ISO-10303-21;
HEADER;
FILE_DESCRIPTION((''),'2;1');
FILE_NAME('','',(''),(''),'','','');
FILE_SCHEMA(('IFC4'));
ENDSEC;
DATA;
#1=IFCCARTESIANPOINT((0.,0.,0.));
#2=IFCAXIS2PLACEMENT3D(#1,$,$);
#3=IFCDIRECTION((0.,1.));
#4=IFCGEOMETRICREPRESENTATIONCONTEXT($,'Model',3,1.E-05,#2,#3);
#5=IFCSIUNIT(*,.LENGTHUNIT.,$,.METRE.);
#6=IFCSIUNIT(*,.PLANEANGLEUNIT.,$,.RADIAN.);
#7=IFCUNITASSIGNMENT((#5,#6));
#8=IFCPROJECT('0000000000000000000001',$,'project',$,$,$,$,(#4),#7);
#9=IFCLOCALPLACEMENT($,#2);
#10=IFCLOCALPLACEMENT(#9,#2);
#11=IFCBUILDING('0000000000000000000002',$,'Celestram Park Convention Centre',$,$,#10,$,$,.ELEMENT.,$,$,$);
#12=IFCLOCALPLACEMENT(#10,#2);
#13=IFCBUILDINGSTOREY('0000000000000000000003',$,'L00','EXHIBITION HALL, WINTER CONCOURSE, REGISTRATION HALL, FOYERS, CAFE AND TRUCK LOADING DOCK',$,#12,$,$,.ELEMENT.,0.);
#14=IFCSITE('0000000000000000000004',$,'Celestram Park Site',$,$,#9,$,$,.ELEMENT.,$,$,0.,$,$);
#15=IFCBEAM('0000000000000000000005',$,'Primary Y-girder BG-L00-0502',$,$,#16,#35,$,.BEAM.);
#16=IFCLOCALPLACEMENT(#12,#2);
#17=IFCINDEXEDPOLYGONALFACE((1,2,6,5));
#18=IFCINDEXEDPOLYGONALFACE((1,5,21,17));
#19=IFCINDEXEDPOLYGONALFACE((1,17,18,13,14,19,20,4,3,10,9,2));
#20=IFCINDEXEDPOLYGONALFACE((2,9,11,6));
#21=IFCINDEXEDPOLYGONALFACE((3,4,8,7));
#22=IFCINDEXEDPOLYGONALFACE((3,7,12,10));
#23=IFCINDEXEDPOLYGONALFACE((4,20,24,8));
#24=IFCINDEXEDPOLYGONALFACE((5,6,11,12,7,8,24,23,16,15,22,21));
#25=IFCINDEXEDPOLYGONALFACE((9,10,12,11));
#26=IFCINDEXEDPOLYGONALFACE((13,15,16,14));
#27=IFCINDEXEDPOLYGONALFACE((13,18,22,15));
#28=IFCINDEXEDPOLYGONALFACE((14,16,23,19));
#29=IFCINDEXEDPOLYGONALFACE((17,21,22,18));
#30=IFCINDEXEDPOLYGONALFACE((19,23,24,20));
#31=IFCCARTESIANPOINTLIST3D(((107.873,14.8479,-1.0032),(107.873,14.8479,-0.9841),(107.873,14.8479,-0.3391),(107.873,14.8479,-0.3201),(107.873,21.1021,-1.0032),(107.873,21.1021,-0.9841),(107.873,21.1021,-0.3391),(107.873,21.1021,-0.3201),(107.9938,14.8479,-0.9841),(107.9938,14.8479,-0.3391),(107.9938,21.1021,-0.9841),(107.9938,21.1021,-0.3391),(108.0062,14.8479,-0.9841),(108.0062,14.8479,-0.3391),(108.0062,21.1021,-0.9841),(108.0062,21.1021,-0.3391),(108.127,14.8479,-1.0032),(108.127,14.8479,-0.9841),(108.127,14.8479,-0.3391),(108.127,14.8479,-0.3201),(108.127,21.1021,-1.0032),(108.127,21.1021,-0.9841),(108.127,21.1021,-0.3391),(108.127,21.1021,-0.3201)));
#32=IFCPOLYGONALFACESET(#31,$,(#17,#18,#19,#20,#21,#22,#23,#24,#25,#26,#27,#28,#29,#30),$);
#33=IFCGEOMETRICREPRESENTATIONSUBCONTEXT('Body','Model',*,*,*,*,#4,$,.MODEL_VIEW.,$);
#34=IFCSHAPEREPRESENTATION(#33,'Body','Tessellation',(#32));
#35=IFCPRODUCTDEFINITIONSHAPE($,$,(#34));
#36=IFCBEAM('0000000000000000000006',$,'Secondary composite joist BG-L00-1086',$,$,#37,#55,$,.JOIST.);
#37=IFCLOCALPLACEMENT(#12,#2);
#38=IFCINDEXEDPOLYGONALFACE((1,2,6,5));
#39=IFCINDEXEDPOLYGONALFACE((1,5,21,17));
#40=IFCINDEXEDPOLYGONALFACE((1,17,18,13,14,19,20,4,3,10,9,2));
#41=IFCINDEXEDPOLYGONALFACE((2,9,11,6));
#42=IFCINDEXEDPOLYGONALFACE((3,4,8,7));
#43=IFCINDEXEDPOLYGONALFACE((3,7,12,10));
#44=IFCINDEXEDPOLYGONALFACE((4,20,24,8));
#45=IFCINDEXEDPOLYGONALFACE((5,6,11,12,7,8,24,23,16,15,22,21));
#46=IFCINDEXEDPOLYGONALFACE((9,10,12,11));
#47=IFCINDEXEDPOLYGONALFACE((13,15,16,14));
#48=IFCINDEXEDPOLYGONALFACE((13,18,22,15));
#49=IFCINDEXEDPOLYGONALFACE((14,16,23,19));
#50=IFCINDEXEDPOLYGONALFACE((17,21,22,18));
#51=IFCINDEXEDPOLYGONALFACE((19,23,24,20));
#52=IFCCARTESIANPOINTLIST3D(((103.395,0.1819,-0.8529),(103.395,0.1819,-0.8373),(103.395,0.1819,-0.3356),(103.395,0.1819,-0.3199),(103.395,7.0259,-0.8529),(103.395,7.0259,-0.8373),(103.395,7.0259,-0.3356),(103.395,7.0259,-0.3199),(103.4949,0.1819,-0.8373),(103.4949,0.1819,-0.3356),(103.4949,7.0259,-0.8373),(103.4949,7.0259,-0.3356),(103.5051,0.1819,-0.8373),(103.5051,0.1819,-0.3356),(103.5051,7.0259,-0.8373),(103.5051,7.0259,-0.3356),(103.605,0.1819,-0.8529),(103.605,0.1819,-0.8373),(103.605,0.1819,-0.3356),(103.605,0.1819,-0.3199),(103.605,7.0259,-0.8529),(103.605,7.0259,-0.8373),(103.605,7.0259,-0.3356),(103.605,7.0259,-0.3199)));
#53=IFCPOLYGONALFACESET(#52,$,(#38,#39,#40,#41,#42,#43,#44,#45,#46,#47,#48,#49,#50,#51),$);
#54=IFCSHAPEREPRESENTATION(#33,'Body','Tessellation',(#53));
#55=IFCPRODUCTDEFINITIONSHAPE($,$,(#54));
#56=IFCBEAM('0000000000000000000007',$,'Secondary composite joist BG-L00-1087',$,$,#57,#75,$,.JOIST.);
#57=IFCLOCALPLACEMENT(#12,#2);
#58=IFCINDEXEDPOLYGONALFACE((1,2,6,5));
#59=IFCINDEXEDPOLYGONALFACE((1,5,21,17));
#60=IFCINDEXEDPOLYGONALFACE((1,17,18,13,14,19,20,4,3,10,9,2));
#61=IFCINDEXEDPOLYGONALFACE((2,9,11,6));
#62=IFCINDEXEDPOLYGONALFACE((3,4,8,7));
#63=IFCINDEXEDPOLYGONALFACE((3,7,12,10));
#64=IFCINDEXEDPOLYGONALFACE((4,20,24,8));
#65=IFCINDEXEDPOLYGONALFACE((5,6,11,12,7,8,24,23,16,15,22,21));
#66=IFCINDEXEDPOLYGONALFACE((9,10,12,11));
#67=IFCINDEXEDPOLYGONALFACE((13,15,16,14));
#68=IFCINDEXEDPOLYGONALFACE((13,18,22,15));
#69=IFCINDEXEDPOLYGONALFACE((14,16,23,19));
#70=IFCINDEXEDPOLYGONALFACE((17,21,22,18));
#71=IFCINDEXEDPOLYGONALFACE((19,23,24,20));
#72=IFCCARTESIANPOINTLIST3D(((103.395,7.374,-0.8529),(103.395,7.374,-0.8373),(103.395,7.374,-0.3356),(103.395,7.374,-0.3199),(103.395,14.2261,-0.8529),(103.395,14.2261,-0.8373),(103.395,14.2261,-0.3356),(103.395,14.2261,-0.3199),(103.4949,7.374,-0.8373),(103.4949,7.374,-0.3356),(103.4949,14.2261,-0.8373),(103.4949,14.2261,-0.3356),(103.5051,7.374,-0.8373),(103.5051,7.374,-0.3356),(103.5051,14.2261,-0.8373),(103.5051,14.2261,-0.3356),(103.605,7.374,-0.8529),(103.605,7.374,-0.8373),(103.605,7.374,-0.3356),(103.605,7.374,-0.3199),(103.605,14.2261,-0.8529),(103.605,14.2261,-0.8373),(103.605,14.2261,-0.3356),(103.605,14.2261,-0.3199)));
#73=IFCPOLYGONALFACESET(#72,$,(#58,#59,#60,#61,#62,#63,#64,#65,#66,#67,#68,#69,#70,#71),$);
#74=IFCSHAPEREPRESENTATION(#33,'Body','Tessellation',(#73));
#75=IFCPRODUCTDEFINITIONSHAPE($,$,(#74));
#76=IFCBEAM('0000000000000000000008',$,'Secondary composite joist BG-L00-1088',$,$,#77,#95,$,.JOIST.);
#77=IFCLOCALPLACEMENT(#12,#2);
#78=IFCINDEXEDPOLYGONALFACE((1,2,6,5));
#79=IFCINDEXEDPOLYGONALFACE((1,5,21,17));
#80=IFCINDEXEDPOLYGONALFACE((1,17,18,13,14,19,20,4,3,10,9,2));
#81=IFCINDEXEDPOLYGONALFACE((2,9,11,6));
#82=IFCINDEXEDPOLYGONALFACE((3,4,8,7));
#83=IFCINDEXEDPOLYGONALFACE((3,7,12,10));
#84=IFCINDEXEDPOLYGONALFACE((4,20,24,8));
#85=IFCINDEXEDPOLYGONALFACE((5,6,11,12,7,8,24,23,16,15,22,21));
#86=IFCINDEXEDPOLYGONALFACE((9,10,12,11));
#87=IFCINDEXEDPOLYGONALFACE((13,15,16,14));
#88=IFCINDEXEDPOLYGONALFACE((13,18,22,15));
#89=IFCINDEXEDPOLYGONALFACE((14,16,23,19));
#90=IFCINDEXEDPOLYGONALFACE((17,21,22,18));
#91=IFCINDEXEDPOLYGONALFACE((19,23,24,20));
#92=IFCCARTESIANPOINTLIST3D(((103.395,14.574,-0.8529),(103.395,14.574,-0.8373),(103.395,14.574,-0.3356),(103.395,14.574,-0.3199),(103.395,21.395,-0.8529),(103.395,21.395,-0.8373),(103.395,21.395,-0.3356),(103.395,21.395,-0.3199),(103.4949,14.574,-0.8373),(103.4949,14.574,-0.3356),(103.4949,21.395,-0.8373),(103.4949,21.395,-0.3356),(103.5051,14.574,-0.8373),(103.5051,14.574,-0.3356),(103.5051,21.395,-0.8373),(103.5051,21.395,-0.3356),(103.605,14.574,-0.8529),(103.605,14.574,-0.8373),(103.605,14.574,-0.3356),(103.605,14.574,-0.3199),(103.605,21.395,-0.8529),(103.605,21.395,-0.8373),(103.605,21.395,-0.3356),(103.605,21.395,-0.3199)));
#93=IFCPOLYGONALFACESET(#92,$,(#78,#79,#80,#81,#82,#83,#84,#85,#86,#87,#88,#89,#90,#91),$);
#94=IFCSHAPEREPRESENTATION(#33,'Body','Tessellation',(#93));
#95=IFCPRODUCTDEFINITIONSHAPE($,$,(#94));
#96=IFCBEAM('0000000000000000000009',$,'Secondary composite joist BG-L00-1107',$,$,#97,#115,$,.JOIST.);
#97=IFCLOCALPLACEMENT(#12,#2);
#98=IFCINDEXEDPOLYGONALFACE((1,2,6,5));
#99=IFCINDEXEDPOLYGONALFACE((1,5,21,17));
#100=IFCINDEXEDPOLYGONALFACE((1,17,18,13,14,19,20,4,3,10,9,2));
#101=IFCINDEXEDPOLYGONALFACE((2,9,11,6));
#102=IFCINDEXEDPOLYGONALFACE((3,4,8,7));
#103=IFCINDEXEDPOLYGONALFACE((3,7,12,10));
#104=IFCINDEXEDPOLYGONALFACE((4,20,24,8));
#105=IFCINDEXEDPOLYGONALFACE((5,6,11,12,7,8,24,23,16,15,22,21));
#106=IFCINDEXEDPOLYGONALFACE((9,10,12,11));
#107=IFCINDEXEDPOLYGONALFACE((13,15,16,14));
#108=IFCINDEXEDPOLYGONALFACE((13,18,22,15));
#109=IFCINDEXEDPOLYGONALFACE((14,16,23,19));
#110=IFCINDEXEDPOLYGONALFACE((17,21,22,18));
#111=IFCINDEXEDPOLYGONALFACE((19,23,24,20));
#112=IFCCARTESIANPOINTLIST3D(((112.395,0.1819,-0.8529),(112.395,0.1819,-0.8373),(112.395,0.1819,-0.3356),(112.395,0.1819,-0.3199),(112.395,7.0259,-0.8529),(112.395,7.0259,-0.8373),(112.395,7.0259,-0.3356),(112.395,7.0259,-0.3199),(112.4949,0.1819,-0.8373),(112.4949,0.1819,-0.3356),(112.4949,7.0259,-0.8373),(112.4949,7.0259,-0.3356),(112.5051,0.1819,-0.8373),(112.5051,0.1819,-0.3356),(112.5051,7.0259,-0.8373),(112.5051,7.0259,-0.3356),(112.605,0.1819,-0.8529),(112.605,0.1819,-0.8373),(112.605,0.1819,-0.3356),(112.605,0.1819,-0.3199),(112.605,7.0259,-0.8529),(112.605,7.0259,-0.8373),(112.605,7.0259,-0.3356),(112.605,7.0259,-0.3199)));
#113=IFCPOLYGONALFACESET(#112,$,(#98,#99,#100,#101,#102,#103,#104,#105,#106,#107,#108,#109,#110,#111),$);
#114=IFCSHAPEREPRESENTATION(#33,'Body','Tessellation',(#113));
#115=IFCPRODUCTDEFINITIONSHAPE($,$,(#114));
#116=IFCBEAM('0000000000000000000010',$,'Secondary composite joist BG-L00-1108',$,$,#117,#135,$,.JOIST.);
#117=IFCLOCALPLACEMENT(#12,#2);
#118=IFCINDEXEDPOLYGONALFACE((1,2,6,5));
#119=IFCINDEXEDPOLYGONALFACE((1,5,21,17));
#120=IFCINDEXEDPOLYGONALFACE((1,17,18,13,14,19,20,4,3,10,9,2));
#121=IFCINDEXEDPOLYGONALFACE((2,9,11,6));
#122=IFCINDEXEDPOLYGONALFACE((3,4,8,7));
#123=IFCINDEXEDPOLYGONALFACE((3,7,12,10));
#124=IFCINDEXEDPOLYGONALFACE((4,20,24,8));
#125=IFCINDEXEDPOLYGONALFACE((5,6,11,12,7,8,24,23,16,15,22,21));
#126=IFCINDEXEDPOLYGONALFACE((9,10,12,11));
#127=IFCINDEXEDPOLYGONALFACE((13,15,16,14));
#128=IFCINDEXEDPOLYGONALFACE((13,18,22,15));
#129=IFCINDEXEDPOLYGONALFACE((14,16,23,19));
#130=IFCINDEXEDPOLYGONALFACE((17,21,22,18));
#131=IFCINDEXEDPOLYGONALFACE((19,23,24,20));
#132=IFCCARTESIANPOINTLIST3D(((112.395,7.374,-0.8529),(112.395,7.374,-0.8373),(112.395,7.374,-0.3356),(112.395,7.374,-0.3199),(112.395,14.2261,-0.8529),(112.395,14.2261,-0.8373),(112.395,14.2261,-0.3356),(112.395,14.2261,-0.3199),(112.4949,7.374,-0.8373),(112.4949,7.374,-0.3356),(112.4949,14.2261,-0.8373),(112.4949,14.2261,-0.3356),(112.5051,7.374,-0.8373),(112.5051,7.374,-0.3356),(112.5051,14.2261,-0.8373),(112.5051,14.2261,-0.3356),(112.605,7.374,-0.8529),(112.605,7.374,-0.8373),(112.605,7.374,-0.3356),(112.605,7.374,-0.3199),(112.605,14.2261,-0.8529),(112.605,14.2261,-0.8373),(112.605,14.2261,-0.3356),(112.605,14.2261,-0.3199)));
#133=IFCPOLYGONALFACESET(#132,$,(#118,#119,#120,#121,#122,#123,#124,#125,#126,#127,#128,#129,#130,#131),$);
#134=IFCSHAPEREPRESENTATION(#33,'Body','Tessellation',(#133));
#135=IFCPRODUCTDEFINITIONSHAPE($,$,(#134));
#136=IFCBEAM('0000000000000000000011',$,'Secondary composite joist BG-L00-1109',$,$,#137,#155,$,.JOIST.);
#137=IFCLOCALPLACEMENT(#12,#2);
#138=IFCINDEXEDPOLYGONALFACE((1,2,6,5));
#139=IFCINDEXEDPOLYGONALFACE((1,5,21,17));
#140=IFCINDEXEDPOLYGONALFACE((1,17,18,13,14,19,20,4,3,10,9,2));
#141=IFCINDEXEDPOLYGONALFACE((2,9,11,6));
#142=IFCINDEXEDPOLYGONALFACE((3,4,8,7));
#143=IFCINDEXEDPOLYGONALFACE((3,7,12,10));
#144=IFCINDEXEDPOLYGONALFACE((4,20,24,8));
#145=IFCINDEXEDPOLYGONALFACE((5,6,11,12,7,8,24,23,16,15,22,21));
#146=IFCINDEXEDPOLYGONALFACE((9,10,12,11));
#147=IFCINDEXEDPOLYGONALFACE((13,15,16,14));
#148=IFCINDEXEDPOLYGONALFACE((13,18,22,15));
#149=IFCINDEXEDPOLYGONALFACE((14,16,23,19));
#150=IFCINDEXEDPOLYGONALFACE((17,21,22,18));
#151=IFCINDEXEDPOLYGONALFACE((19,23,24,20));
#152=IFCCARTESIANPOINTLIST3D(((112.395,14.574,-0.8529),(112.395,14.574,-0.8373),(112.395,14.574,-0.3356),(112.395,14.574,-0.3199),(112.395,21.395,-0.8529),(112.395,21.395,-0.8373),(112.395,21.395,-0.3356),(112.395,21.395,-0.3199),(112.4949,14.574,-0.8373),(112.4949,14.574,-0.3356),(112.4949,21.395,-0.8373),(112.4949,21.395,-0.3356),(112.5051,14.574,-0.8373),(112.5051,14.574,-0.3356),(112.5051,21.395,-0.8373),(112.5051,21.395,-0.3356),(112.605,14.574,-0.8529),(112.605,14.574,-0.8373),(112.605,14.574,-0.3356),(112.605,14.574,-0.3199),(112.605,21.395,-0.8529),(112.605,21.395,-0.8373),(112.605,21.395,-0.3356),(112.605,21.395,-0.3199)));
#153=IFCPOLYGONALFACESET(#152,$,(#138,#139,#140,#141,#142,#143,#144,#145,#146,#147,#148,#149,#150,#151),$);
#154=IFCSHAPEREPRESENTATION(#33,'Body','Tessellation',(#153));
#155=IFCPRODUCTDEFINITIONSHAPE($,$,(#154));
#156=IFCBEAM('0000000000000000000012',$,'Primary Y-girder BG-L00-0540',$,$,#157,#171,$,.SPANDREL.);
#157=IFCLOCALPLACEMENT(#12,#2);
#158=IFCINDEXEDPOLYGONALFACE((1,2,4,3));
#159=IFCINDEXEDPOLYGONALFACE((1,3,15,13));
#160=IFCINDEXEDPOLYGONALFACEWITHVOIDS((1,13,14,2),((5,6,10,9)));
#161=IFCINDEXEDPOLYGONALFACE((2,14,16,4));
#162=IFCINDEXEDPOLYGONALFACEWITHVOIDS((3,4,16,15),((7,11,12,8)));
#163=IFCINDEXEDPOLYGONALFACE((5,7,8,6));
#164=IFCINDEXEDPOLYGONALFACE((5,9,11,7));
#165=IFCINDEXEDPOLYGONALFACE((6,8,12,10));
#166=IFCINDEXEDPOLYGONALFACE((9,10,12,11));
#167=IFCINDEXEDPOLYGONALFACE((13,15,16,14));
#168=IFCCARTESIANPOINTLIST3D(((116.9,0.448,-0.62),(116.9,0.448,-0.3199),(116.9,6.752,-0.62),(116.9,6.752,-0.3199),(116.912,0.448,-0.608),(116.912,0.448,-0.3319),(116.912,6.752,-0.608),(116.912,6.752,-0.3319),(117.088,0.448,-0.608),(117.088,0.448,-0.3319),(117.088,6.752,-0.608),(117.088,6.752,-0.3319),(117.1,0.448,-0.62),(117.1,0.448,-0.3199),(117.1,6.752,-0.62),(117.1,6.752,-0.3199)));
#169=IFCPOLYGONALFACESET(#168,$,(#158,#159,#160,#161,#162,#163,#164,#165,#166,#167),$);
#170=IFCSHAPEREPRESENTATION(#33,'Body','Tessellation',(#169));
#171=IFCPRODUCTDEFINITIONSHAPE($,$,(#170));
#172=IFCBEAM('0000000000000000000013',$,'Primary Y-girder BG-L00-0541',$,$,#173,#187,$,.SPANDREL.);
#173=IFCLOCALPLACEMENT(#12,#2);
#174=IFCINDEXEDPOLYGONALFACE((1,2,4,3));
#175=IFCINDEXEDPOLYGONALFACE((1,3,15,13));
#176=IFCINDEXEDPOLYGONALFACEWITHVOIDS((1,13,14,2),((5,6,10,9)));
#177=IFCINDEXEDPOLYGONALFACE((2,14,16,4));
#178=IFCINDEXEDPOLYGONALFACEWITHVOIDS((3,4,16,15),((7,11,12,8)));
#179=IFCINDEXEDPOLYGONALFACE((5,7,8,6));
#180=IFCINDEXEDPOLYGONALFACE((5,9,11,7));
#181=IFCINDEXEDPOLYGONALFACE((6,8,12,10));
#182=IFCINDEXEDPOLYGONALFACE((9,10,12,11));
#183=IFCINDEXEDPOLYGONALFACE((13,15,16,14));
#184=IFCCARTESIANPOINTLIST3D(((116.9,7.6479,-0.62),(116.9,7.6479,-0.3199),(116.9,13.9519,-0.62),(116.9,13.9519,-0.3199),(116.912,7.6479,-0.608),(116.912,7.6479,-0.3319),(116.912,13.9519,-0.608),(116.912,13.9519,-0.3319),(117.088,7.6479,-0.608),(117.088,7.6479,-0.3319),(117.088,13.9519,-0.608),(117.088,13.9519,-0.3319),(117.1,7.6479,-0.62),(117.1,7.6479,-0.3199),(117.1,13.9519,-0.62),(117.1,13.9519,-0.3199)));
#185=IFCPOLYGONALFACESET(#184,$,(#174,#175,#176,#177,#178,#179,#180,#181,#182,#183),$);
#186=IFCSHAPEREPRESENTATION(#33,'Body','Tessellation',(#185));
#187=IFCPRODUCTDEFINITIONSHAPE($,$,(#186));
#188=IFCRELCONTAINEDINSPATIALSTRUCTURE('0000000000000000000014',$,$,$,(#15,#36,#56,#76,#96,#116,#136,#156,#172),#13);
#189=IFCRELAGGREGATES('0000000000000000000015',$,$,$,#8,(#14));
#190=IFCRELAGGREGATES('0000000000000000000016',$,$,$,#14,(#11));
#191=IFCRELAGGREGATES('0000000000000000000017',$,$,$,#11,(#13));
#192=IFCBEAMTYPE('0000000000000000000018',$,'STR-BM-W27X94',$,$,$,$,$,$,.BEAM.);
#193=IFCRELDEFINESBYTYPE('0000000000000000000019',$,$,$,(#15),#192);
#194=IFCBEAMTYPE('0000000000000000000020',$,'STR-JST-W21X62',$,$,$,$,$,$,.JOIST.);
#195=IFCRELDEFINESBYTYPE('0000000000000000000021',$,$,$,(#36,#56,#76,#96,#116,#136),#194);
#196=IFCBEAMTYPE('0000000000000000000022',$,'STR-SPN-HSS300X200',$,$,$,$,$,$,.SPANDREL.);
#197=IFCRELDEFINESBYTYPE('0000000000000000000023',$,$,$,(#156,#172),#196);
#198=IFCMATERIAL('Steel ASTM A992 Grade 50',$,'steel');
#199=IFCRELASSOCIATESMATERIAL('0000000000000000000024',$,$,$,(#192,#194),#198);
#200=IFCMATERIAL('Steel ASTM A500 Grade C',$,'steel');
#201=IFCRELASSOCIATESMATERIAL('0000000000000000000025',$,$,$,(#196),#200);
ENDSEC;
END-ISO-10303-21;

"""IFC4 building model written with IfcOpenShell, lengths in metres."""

from ifc_helpers import new_model, si_unit, direction, frame, origin, origin_2d, place, context, subcontext, project, spatial, hollow_rectangle, i_section, extrude, material, material_profile, profile_set, type_object, element, save


model = new_model("IFC4")

# Units and contexts
model_context = context("Model", 3, precision=1e-05, world=origin(), true_north=direction((0.0, 1.0)))
body_context = subcontext(model_context, "Body", "Model", "MODEL_VIEW")
ifc_project = project(units=[si_unit("LENGTHUNIT", "METRE"), si_unit("PLANEANGLEUNIT", "RADIAN")], contexts=[model_context])

# Site, building, storey
site_placement = place(None, origin())
site = spatial("IfcSite", under=ifc_project, at=site_placement, Name="Celestram Park Site", CompositionType="ELEMENT", RefElevation=0.0)
building_placement = place(site_placement, origin())
building = spatial("IfcBuilding", under=site, at=building_placement, Name="Celestram Park Convention Centre", CompositionType="ELEMENT")
storey_placement = place(building_placement, origin())
storey = spatial("IfcBuildingStorey", under=building, at=storey_placement, Name="L00", Description="EXHIBITION HALL, WINTER CONCOURSE, REGISTRATION HALL, FOYERS, CAFE AND TRUCK LOADING DOCK", CompositionType="ELEMENT", Elevation=0.0)

# Beams
ifc_material_1 = material(Name="Steel ASTM A992 Grade 50", Category="steel")
ifc_material_profile_1 = material_profile(ifc_material_1, i_section(OverallWidth=0.2539, OverallDepth=0.6831, WebThickness=0.0125, FlangeThickness=0.019, at=origin_2d()), Name="W27X94")
ifc_profile_set_1 = profile_set([ifc_material_profile_1], Name="Steel ASTM A992 Grade 50")
beam_type_1 = type_object("IfcBeamType", Name="STR-BM-W27X94", PredefinedType="BEAM", material=ifc_profile_set_1)
beam_1_placement = place(storey_placement, frame((108.0, 14.8479, -0.6616), z_axis=(0.0, 1.0, 0.0), x_axis=(-1.0, 0.0, 0.0)))
element("IfcBeam", 1, at=beam_1_placement, inside=storey, type_object=beam_type_1, Name="Primary Y-girder BG-L00-0502", PredefinedType="BEAM", context=body_context, shape_type="SweptSolid", body=[
    extrude(i_section(OverallWidth=0.2539, OverallDepth=0.6831, WebThickness=0.0125, FlangeThickness=0.019, at=origin_2d()), origin(), (0.0, 0.0, 1.0), 6.2542),
])
ifc_material_profile_2 = material_profile(ifc_material_1, i_section(OverallWidth=0.21, OverallDepth=0.533, WebThickness=0.0103, FlangeThickness=0.0156, at=origin_2d()), Name="W21X62")
ifc_profile_set_2 = profile_set([ifc_material_profile_2], Name="Steel ASTM A992 Grade 50")
beam_type_2 = type_object("IfcBeamType", Name="STR-JST-W21X62", PredefinedType="JOIST", material=ifc_profile_set_2)
beam_2_placement = place(storey_placement, frame((103.5, 0.1819, -0.5864), z_axis=(0.0, 1.0, 0.0), x_axis=(-1.0, 0.0, 0.0)))
element("IfcBeam", 2, at=beam_2_placement, inside=storey, type_object=beam_type_2, Name="Secondary composite joist BG-L00-1086", PredefinedType="JOIST", context=body_context, shape_type="SweptSolid", body=[
    extrude(i_section(OverallWidth=0.21, OverallDepth=0.533, WebThickness=0.0103, FlangeThickness=0.0156, at=origin_2d()), origin(), (0.0, 0.0, 1.0), 6.844),
])
beam_3_placement = place(storey_placement, frame((103.5, 7.374, -0.5864), z_axis=(0.0, 1.0, 0.0), x_axis=(-1.0, 0.0, 0.0)))
element("IfcBeam", 3, at=beam_3_placement, inside=storey, type_object=beam_type_2, Name="Secondary composite joist BG-L00-1087", PredefinedType="JOIST", context=body_context, shape_type="SweptSolid", body=[
    extrude(i_section(OverallWidth=0.21, OverallDepth=0.533, WebThickness=0.0103, FlangeThickness=0.0156, at=origin_2d()), origin(), (0.0, 0.0, 1.0), 6.8521),
])
beam_4_placement = place(storey_placement, frame((103.5, 14.574, -0.5864), z_axis=(0.0, 1.0, 0.0), x_axis=(-1.0, 0.0, 0.0)))
element("IfcBeam", 4, at=beam_4_placement, inside=storey, type_object=beam_type_2, Name="Secondary composite joist BG-L00-1088", PredefinedType="JOIST", context=body_context, shape_type="SweptSolid", body=[
    extrude(i_section(OverallWidth=0.21, OverallDepth=0.533, WebThickness=0.0103, FlangeThickness=0.0156, at=origin_2d()), origin(), (0.0, 0.0, 1.0), 6.821),
])
beam_5_placement = place(storey_placement, frame((112.5, 0.1819, -0.5864), z_axis=(0.0, 1.0, 0.0), x_axis=(-1.0, 0.0, 0.0)))
element("IfcBeam", 5, at=beam_5_placement, inside=storey, type_object=beam_type_2, Name="Secondary composite joist BG-L00-1107", PredefinedType="JOIST", context=body_context, shape_type="SweptSolid", body=[
    extrude(i_section(OverallWidth=0.21, OverallDepth=0.533, WebThickness=0.0103, FlangeThickness=0.0156, at=origin_2d()), origin(), (0.0, 0.0, 1.0), 6.844),
])
beam_6_placement = place(storey_placement, frame((112.5, 7.374, -0.5864), z_axis=(0.0, 1.0, 0.0), x_axis=(-1.0, 0.0, 0.0)))
element("IfcBeam", 6, at=beam_6_placement, inside=storey, type_object=beam_type_2, Name="Secondary composite joist BG-L00-1108", PredefinedType="JOIST", context=body_context, shape_type="SweptSolid", body=[
    extrude(i_section(OverallWidth=0.21, OverallDepth=0.533, WebThickness=0.0103, FlangeThickness=0.0156, at=origin_2d()), origin(), (0.0, 0.0, 1.0), 6.8521),
])
beam_7_placement = place(storey_placement, frame((112.5, 14.574, -0.5864), z_axis=(0.0, 1.0, 0.0), x_axis=(-1.0, 0.0, 0.0)))
element("IfcBeam", 7, at=beam_7_placement, inside=storey, type_object=beam_type_2, Name="Secondary composite joist BG-L00-1109", PredefinedType="JOIST", context=body_context, shape_type="SweptSolid", body=[
    extrude(i_section(OverallWidth=0.21, OverallDepth=0.533, WebThickness=0.0103, FlangeThickness=0.0156, at=origin_2d()), origin(), (0.0, 0.0, 1.0), 6.821),
])
ifc_material_2 = material(Name="Steel ASTM A500 Grade C", Category="steel")
ifc_material_profile_3 = material_profile(ifc_material_2, hollow_rectangle(XDim=0.2, YDim=0.3, WallThickness=0.012, at=origin_2d()), Name="HSS300X200X12")
ifc_profile_set_3 = profile_set([ifc_material_profile_3], Name="Steel ASTM A500 Grade C")
beam_type_3 = type_object("IfcBeamType", Name="STR-SPN-HSS300X200", PredefinedType="SPANDREL", material=ifc_profile_set_3)
for number, where, z_axis, x_axis, name in (
    (8, (117.0, 0.448, -0.47), (0.0, 1.0, 0.0), (-1.0, 0.0, 0.0), "Primary Y-girder BG-L00-0540"),
    (9, (117.0, 7.6479, -0.47), (0.0, 1.0, 0.0), (-1.0, 0.0, 0.0), "Primary Y-girder BG-L00-0541"),
):
    element("IfcBeam", number, at=place(storey_placement, frame(where, z_axis=z_axis, x_axis=x_axis)), inside=storey, type_object=beam_type_3, Name=name, PredefinedType="SPANDREL", context=body_context, shape_type="SweptSolid", body=[
        extrude(hollow_rectangle(XDim=0.2, YDim=0.3, WallThickness=0.012, at=origin_2d()), origin(), (0.0, 0.0, 1.0), 6.304),
    ])

save(model, "model.ifc")
